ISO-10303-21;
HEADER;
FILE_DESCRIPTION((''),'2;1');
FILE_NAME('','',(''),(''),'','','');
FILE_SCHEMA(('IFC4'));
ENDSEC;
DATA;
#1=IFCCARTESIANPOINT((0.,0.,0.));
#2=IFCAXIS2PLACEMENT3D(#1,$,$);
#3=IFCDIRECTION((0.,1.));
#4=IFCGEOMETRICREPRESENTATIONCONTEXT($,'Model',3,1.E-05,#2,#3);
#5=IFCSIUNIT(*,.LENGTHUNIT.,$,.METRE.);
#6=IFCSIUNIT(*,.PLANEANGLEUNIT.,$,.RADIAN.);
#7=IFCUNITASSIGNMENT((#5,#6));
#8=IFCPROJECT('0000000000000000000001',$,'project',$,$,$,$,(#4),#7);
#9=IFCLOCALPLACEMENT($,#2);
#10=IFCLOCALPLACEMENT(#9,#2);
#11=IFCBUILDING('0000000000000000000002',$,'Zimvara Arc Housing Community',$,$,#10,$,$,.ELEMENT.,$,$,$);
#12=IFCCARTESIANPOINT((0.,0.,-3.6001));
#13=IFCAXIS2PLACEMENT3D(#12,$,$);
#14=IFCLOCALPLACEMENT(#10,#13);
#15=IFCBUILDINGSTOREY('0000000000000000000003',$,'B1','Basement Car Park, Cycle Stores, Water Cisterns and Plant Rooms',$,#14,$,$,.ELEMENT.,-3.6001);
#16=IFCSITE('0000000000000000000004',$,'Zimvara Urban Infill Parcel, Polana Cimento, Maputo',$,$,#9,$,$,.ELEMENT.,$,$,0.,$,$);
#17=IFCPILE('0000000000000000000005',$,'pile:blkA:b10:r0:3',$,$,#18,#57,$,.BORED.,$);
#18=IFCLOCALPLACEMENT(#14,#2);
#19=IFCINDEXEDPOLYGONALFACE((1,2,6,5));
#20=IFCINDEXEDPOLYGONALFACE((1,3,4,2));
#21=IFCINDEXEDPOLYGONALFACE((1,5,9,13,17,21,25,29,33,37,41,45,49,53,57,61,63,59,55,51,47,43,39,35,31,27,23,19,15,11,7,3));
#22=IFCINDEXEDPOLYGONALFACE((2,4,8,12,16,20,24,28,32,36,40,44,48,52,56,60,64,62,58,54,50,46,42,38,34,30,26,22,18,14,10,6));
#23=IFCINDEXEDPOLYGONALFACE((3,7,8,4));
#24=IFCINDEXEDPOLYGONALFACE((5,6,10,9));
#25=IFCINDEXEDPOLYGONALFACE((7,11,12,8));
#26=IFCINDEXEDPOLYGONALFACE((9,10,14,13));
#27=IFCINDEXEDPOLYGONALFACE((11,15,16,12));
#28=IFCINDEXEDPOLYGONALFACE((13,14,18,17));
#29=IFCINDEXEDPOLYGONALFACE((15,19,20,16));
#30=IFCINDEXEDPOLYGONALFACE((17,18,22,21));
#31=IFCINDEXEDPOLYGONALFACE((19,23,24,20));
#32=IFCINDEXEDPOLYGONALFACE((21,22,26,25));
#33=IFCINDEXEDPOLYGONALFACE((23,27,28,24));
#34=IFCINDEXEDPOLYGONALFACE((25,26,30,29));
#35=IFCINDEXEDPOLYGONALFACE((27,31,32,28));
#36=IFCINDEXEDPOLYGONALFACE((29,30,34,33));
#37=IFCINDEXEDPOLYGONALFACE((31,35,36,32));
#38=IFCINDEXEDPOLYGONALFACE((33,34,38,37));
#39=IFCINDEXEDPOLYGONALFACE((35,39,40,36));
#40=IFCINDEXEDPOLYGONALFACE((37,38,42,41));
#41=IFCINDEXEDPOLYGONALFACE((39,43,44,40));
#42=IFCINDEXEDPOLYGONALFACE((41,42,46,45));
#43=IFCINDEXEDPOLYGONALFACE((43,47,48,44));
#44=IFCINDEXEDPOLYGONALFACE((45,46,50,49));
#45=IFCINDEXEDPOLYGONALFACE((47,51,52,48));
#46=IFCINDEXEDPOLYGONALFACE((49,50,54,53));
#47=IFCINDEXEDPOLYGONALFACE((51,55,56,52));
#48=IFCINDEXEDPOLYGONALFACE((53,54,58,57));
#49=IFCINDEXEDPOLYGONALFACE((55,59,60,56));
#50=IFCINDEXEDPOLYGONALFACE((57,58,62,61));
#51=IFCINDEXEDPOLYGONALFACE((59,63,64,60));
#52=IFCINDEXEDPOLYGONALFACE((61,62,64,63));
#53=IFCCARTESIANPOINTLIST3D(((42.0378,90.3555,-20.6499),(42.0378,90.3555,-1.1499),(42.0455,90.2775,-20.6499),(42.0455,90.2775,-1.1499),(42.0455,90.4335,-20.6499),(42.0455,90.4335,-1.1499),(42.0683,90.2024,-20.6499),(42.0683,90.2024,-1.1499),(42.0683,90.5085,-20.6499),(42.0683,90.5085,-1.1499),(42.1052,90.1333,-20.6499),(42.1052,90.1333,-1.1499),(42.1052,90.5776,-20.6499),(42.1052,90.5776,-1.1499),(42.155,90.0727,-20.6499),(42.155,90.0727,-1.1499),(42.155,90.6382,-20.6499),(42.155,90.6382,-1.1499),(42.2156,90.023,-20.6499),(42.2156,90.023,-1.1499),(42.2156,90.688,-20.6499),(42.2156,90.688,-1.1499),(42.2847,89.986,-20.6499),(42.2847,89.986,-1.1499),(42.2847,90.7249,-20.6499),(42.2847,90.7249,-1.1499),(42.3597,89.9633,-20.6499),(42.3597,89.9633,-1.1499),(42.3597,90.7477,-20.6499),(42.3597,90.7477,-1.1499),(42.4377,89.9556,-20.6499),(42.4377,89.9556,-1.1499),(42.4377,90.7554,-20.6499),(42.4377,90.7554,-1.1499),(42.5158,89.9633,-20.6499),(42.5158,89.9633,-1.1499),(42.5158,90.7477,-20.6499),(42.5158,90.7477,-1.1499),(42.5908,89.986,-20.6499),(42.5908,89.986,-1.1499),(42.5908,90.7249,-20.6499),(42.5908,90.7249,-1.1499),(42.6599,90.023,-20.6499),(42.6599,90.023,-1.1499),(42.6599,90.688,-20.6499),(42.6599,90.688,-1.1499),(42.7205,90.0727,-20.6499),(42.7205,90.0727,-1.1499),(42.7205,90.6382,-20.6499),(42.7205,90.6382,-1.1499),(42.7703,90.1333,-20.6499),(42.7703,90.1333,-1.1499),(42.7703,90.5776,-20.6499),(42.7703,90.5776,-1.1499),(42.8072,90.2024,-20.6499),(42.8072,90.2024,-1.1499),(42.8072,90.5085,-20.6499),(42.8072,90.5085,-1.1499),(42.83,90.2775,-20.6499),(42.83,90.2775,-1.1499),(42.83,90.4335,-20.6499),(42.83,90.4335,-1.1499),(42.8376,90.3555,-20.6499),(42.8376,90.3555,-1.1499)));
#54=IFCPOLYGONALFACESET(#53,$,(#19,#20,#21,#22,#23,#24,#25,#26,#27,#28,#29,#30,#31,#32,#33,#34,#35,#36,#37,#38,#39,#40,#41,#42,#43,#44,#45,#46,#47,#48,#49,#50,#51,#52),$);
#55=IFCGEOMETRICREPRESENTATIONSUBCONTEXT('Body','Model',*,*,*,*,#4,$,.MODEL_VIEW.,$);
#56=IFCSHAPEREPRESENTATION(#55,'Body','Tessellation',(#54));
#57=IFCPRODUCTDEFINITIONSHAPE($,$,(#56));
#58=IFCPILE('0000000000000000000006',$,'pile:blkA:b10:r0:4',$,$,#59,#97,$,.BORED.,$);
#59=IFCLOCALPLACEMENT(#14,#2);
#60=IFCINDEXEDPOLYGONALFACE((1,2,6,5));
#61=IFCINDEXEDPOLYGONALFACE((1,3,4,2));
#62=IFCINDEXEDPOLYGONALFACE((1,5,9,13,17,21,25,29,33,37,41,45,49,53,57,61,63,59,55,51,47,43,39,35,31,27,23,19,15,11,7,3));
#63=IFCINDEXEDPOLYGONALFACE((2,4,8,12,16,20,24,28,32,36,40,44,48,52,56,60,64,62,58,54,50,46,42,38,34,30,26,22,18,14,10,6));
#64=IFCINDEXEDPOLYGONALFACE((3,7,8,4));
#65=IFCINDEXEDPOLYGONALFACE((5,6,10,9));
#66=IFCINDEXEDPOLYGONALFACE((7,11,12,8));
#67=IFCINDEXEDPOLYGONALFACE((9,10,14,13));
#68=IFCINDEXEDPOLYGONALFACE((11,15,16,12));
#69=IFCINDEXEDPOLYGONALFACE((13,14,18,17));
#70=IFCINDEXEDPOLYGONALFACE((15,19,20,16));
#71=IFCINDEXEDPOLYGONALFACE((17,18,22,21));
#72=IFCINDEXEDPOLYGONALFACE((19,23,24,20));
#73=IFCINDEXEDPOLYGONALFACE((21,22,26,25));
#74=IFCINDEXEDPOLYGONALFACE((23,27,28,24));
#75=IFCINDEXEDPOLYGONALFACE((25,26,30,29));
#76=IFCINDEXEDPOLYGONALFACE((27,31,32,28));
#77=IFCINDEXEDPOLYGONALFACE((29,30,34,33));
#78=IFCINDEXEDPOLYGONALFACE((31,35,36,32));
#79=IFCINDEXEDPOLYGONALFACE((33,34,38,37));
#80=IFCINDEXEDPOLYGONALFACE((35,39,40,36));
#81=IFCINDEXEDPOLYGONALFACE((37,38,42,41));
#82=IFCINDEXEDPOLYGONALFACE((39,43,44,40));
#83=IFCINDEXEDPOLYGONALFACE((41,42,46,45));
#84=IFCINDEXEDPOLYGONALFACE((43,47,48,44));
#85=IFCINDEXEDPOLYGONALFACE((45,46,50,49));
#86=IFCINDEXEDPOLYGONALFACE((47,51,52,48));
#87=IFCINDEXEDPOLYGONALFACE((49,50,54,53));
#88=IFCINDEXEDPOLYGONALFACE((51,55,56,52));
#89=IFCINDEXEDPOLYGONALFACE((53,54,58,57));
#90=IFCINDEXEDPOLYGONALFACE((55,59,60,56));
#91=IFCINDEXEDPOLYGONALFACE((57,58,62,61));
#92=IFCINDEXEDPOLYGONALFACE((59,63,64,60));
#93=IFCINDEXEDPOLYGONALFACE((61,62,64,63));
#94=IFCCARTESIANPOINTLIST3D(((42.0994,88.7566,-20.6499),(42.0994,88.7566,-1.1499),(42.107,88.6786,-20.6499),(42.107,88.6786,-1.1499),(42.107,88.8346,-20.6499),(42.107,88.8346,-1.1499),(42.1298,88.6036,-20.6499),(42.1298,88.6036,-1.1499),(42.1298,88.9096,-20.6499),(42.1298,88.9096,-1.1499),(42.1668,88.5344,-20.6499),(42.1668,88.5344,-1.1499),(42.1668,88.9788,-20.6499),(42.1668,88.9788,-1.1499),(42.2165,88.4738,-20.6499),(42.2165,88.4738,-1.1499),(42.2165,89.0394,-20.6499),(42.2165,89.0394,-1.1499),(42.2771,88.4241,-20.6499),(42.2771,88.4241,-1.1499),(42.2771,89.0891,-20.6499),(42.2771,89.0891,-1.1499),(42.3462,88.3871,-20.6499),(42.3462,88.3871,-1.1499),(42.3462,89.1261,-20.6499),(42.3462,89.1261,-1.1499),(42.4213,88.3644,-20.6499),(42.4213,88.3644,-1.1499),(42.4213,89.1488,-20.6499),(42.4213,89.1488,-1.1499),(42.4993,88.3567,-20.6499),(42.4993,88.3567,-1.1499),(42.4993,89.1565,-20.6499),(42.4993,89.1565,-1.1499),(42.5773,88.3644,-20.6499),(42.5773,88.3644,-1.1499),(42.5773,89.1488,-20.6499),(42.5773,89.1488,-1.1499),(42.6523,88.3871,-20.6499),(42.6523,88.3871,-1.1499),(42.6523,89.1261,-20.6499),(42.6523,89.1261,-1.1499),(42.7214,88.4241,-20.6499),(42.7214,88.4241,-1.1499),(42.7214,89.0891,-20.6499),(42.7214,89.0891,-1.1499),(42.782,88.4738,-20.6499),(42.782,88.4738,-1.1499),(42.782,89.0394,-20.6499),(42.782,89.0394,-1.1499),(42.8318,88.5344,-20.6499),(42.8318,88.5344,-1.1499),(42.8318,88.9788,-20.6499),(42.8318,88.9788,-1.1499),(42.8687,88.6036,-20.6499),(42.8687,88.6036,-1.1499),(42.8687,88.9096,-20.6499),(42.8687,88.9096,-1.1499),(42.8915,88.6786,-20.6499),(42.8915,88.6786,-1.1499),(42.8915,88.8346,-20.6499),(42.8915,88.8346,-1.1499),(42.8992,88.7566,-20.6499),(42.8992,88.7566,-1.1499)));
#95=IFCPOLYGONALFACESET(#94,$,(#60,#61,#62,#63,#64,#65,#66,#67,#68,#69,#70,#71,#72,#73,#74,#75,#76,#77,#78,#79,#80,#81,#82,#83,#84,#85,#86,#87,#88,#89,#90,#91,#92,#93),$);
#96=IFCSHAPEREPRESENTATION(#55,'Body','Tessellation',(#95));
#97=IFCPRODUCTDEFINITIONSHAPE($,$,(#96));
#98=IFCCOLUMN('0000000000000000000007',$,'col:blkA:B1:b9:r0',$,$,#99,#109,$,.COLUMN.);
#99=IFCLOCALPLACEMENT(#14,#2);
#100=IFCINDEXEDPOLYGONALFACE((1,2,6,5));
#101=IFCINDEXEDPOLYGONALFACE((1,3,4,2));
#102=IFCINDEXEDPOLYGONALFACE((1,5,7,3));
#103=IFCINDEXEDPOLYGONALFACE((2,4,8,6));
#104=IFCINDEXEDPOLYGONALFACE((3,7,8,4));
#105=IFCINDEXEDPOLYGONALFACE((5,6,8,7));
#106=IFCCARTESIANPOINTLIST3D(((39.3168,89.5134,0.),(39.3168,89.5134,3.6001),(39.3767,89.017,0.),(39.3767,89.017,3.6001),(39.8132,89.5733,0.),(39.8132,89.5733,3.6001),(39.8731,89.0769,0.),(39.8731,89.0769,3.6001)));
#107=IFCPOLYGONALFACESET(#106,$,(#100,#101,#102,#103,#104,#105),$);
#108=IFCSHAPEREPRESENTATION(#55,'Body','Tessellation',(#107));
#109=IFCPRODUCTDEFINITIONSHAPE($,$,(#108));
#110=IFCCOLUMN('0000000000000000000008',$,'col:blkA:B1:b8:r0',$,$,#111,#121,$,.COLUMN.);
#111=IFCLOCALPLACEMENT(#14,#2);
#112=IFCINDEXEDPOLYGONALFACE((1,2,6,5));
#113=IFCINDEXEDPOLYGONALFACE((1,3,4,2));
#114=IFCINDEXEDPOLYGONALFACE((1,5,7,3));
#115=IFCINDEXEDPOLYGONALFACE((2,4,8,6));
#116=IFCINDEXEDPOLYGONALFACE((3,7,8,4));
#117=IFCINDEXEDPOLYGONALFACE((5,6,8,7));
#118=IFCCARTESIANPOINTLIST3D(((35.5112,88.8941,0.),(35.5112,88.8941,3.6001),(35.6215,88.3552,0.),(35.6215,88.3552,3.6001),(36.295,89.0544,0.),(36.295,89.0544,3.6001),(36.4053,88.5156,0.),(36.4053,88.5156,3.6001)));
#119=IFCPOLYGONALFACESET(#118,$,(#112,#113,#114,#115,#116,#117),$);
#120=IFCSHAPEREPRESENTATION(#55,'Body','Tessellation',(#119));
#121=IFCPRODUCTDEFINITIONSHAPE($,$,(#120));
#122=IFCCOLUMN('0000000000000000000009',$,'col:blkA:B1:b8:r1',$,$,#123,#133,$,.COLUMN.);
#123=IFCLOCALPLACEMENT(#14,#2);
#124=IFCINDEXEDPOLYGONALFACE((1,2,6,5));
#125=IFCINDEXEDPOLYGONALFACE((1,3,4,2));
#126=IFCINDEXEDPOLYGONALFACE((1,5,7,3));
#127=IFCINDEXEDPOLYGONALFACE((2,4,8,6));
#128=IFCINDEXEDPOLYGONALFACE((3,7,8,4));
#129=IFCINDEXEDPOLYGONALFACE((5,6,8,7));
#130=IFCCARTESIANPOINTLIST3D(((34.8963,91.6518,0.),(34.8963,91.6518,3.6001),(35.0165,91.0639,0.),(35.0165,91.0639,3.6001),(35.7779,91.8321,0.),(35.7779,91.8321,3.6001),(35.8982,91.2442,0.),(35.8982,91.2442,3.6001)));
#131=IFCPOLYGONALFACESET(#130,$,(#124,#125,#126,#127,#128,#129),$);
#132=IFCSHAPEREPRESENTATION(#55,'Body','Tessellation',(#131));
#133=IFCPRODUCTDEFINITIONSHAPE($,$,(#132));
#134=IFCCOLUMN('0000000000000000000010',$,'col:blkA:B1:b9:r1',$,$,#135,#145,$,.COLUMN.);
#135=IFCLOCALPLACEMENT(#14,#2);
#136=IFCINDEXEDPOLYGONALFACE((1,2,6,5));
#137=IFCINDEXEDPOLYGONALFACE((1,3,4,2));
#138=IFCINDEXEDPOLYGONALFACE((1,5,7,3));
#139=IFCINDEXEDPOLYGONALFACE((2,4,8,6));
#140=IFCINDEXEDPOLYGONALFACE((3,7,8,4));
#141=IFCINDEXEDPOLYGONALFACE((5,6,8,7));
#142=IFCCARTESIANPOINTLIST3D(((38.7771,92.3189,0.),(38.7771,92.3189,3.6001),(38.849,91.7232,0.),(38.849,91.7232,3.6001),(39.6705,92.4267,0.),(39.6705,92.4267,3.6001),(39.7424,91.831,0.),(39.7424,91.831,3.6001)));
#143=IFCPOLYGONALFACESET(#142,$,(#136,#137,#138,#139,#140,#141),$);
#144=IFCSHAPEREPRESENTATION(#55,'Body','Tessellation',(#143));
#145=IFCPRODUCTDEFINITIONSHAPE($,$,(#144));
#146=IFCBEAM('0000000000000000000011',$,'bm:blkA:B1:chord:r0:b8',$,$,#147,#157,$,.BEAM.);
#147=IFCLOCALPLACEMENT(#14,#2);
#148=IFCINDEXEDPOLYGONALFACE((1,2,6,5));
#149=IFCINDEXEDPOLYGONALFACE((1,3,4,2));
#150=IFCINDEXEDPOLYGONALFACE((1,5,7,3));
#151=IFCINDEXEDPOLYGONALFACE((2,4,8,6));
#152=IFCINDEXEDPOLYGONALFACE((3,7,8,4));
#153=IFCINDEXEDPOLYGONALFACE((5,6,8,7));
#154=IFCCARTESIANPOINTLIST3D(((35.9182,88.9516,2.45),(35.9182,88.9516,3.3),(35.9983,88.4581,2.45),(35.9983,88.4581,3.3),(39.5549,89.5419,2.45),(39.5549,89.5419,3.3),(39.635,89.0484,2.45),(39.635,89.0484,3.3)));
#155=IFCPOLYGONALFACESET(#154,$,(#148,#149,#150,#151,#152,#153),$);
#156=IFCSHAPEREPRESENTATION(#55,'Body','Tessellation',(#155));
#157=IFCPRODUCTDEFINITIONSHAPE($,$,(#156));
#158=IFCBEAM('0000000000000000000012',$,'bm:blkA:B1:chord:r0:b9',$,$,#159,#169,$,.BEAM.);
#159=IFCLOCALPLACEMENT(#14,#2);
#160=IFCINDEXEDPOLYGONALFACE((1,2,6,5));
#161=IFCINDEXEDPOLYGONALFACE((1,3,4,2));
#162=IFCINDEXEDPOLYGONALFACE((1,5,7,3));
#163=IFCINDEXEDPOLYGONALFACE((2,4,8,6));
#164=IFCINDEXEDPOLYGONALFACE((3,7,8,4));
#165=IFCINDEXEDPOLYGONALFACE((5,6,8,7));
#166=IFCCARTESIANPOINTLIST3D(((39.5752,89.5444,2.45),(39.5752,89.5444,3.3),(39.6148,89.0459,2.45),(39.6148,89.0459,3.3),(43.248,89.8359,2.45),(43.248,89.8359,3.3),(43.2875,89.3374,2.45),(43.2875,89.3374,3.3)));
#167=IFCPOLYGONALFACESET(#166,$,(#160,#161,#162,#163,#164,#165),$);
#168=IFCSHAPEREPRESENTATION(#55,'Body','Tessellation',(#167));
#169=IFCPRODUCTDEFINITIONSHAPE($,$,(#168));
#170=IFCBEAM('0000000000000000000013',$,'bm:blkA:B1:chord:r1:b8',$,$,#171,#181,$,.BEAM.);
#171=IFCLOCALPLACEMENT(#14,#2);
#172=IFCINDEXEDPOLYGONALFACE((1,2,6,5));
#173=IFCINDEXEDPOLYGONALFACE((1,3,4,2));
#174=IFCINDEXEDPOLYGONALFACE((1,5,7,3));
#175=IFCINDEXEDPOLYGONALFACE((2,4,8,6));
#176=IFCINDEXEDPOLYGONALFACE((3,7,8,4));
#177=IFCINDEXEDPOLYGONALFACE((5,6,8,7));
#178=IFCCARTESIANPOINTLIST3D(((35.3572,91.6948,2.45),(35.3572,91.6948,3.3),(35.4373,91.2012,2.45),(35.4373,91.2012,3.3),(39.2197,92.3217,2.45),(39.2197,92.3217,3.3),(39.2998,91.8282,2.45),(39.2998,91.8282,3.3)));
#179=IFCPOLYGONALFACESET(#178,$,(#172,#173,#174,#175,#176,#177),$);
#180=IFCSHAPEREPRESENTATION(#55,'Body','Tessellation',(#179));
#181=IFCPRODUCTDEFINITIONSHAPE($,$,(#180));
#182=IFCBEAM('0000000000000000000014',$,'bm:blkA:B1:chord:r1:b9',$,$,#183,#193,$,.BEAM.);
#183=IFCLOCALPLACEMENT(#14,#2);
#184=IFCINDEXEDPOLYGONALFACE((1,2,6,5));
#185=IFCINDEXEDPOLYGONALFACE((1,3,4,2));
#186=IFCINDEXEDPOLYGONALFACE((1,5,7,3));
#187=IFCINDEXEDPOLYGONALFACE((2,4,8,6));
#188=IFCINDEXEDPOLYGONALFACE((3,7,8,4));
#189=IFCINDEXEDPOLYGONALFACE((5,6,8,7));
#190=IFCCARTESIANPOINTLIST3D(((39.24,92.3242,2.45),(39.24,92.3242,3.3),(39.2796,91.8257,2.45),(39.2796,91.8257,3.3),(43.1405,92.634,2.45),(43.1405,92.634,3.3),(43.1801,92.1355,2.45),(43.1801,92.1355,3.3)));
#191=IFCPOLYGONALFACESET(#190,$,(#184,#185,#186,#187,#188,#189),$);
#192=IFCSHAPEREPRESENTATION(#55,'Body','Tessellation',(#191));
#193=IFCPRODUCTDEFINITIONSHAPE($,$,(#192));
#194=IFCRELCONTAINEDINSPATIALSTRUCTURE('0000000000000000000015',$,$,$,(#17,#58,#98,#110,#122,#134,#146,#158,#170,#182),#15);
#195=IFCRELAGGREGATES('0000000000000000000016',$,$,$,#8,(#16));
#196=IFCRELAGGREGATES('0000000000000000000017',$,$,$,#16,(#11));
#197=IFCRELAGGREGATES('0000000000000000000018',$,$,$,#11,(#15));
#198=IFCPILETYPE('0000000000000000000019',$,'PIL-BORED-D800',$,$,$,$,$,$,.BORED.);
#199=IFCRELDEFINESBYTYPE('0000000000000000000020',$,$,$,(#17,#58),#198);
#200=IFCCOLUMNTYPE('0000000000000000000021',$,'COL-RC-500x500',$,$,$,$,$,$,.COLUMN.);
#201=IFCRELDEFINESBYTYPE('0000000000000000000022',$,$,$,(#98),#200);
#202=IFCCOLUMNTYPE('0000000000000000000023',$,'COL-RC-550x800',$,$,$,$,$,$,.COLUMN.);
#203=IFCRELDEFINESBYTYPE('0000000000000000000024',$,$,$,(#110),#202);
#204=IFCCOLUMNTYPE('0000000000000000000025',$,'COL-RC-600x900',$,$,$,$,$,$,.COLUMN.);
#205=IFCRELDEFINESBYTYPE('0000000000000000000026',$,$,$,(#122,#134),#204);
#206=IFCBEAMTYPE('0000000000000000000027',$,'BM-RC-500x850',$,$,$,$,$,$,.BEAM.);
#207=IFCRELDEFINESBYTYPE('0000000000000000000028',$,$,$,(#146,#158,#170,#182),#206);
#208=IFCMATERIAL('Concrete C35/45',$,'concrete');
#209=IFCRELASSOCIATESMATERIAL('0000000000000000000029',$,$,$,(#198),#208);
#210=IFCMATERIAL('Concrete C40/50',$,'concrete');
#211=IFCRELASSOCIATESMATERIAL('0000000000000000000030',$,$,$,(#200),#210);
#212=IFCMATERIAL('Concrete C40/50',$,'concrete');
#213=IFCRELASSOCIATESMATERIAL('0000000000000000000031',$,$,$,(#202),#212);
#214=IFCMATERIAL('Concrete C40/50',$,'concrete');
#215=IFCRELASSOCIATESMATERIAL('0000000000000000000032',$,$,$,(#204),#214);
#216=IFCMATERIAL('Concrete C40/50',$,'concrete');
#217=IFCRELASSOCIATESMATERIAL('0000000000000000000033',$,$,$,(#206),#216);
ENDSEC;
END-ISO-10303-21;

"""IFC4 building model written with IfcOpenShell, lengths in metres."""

from ifc_helpers import new_model, si_unit, direction, frame, origin, origin_2d, place, context, subcontext, project, spatial, rectangle, circle, extrude, material, material_profile, profile_set, type_object, element, save


model = new_model("IFC4")

# Units and contexts
model_context = context("Model", 3, precision=1e-05, world=origin(), true_north=direction((0.0, 1.0)))
body_context = subcontext(model_context, "Body", "Model", "MODEL_VIEW")
ifc_project = project(units=[si_unit("LENGTHUNIT", "METRE"), si_unit("PLANEANGLEUNIT", "RADIAN")], contexts=[model_context])

# Site, building, storey
site_placement = place(None, origin())
site = spatial("IfcSite", under=ifc_project, at=site_placement, Name="Zimvara Urban Infill Parcel, Polana Cimento, Maputo", CompositionType="ELEMENT", RefElevation=0.0)
building_placement = place(site_placement, origin())
building = spatial("IfcBuilding", under=site, at=building_placement, Name="Zimvara Arc Housing Community", CompositionType="ELEMENT")
storey_placement = place(building_placement, frame((0.0, 0.0, -3.6001)))
storey = spatial("IfcBuildingStorey", under=building, at=storey_placement, Name="B1", Description="Basement Car Park, Cycle Stores, Water Cisterns and Plant Rooms", CompositionType="ELEMENT", Elevation=-3.6001)

# Piles
ifc_material_1 = material(Name="Concrete C35/45", Category="concrete")
ifc_material_profile_1 = material_profile(ifc_material_1, circle(Radius=0.3999, at=origin_2d()), Name="PILE D800")
ifc_profile_set_1 = profile_set([ifc_material_profile_1], Name="Concrete C35/45")
pile_type = type_object("IfcPileType", Name="PIL-BORED-D800", PredefinedType="BORED", material=ifc_profile_set_1)
for number, where, z_axis, x_axis, name in (
    (1, (42.4377, 90.3555, -1.1499), (0.0, 0.0, -1.0), (1.0, 0.0, 0.0), "pile:blkA:b10:r0:3"),
    (2, (42.4993, 88.7566, -1.1499), (0.0, 0.0, -1.0), (1.0, 0.0, 0.0), "pile:blkA:b10:r0:4"),
):
    element("IfcPile", number, at=place(storey_placement, frame(where, z_axis=z_axis, x_axis=x_axis)), inside=storey, type_object=pile_type, Name=name, PredefinedType="BORED", context=body_context, shape_type="SweptSolid", body=[
        extrude(circle(Radius=0.3999, at=origin_2d()), origin(), (0.0, 0.0, 1.0), 19.5),
    ])

# Columns
ifc_material_2 = material(Name="Concrete C40/50", Category="concrete")
ifc_material_profile_2 = material_profile(ifc_material_2, rectangle(XDim=0.5, YDim=0.5, at=origin_2d()), Name="RC 500x500")
ifc_profile_set_2 = profile_set([ifc_material_profile_2], Name="Concrete C40/50")
column_type_1 = type_object("IfcColumnType", Name="COL-RC-500x500", PredefinedType="COLUMN", material=ifc_profile_set_2)
column_1_placement = place(storey_placement, frame((39.595, 89.2952, 0.0), z_axis=(0.0, 0.0, 1.0), x_axis=(-0.11979, 0.992799, 0.0)))
element("IfcColumn", 3, at=column_1_placement, inside=storey, type_object=column_type_1, Name="col:blkA:B1:b9:r0", PredefinedType="COLUMN", context=body_context, shape_type="SweptSolid", body=[
    extrude(rectangle(XDim=0.5, YDim=0.5, at=origin_2d()), origin(), (0.0, 0.0, 1.0), 3.6001),
])
ifc_material_3 = material(Name="Concrete C40/50", Category="concrete")
ifc_material_profile_3 = material_profile(ifc_material_3, rectangle(XDim=0.55, YDim=0.8, at=origin_2d()), Name="RC 550x800")
ifc_profile_set_3 = profile_set([ifc_material_profile_3], Name="Concrete C40/50")
column_type_2 = type_object("IfcColumnType", Name="COL-RC-550x800", PredefinedType="COLUMN", material=ifc_profile_set_3)
column_2_placement = place(storey_placement, frame((35.9583, 88.7048, 0.0), z_axis=(0.0, 0.0, 1.0), x_axis=(-0.200394, 0.979715, 0.0)))
element("IfcColumn", 4, at=column_2_placement, inside=storey, type_object=column_type_2, Name="col:blkA:B1:b8:r0", PredefinedType="COLUMN", context=body_context, shape_type="SweptSolid", body=[
    extrude(rectangle(XDim=0.55, YDim=0.8, at=origin_2d()), origin(), (0.0, 0.0, 1.0), 3.6001),
])
ifc_material_4 = material(Name="Concrete C40/50", Category="concrete")
ifc_material_profile_4 = material_profile(ifc_material_4, rectangle(XDim=0.6001, YDim=0.8999, at=origin_2d()), Name="RC 600x900")
ifc_profile_set_4 = profile_set([ifc_material_profile_4], Name="Concrete C40/50")
column_type_3 = type_object("IfcColumnType", Name="COL-RC-600x900", PredefinedType="COLUMN", material=ifc_profile_set_4)
for number, where, z_axis, x_axis, name in (
    (5, (35.3972, 91.448, 0.0), (0.0, 0.0, 1.0), (-0.200394, 0.979715, 0.0), "col:blkA:B1:b8:r1"),
    (6, (39.2598, 92.075, 0.0), (0.0, 0.0, 1.0), (-0.11979, 0.992799, 0.0), "col:blkA:B1:b9:r1"),
):
    element("IfcColumn", number, at=place(storey_placement, frame(where, z_axis=z_axis, x_axis=x_axis)), inside=storey, type_object=column_type_3, Name=name, PredefinedType="COLUMN", context=body_context, shape_type="SweptSolid", body=[
        extrude(rectangle(XDim=0.6001, YDim=0.8999, at=origin_2d()), origin(), (0.0, 0.0, 1.0), 3.6001),
    ])

# Beams
ifc_material_5 = material(Name="Concrete C40/50", Category="concrete")
ifc_material_profile_5 = material_profile(ifc_material_5, rectangle(XDim=0.5, YDim=0.8501, at=origin_2d()), Name="RC 500x850")
ifc_profile_set_5 = profile_set([ifc_material_profile_5], Name="Concrete C40/50")
beam_type = type_object("IfcBeamType", Name="BM-RC-500x850", PredefinedType="BEAM", material=ifc_profile_set_5)
for number, where, z_axis, x_axis, name in (
    (7, (35.9583, 88.7048, 2.875), (0.98708, 0.160228, 0.0), (-0.160228, 0.98708, 0.0), "bm:blkA:B1:chord:r0:b8"),
    (8, (39.595, 89.2952, 2.875), (0.996865, 0.079118, 0.0), (-0.079118, 0.996865, 0.0), "bm:blkA:B1:chord:r0:b9"),
):
    element("IfcBeam", number, at=place(storey_placement, frame(where, z_axis=z_axis, x_axis=x_axis)), inside=storey, type_object=beam_type, Name=name, PredefinedType="BEAM", context=body_context, shape_type="SweptSolid", body=[
        extrude(rectangle(XDim=0.5, YDim=0.8501, at=origin_2d()), origin(), (0.0, 0.0, 1.0), 3.6843),
    ])
beam_1_placement = place(storey_placement, frame((35.3972, 91.448, 2.875), z_axis=(0.987081, 0.160219, 0.0), x_axis=(-0.160219, 0.987081, 0.0)))
element("IfcBeam", 9, at=beam_1_placement, inside=storey, type_object=beam_type, Name="bm:blkA:B1:chord:r1:b8", PredefinedType="BEAM", context=body_context, shape_type="SweptSolid", body=[
    extrude(rectangle(XDim=0.5, YDim=0.8501, at=origin_2d()), origin(), (0.0, 0.0, 1.0), 3.9131),
])
beam_2_placement = place(storey_placement, frame((39.2598, 92.075, 2.875), z_axis=(0.996861, 0.079177, 0.0), x_axis=(-0.079177, 0.996861, 0.0)))
element("IfcBeam", 10, at=beam_2_placement, inside=storey, type_object=beam_type, Name="bm:blkA:B1:chord:r1:b9", PredefinedType="BEAM", context=body_context, shape_type="SweptSolid", body=[
    extrude(rectangle(XDim=0.5, YDim=0.8501, at=origin_2d()), origin(), (0.0, 0.0, 1.0), 3.9128),
])

save(model, "model.ifc")
